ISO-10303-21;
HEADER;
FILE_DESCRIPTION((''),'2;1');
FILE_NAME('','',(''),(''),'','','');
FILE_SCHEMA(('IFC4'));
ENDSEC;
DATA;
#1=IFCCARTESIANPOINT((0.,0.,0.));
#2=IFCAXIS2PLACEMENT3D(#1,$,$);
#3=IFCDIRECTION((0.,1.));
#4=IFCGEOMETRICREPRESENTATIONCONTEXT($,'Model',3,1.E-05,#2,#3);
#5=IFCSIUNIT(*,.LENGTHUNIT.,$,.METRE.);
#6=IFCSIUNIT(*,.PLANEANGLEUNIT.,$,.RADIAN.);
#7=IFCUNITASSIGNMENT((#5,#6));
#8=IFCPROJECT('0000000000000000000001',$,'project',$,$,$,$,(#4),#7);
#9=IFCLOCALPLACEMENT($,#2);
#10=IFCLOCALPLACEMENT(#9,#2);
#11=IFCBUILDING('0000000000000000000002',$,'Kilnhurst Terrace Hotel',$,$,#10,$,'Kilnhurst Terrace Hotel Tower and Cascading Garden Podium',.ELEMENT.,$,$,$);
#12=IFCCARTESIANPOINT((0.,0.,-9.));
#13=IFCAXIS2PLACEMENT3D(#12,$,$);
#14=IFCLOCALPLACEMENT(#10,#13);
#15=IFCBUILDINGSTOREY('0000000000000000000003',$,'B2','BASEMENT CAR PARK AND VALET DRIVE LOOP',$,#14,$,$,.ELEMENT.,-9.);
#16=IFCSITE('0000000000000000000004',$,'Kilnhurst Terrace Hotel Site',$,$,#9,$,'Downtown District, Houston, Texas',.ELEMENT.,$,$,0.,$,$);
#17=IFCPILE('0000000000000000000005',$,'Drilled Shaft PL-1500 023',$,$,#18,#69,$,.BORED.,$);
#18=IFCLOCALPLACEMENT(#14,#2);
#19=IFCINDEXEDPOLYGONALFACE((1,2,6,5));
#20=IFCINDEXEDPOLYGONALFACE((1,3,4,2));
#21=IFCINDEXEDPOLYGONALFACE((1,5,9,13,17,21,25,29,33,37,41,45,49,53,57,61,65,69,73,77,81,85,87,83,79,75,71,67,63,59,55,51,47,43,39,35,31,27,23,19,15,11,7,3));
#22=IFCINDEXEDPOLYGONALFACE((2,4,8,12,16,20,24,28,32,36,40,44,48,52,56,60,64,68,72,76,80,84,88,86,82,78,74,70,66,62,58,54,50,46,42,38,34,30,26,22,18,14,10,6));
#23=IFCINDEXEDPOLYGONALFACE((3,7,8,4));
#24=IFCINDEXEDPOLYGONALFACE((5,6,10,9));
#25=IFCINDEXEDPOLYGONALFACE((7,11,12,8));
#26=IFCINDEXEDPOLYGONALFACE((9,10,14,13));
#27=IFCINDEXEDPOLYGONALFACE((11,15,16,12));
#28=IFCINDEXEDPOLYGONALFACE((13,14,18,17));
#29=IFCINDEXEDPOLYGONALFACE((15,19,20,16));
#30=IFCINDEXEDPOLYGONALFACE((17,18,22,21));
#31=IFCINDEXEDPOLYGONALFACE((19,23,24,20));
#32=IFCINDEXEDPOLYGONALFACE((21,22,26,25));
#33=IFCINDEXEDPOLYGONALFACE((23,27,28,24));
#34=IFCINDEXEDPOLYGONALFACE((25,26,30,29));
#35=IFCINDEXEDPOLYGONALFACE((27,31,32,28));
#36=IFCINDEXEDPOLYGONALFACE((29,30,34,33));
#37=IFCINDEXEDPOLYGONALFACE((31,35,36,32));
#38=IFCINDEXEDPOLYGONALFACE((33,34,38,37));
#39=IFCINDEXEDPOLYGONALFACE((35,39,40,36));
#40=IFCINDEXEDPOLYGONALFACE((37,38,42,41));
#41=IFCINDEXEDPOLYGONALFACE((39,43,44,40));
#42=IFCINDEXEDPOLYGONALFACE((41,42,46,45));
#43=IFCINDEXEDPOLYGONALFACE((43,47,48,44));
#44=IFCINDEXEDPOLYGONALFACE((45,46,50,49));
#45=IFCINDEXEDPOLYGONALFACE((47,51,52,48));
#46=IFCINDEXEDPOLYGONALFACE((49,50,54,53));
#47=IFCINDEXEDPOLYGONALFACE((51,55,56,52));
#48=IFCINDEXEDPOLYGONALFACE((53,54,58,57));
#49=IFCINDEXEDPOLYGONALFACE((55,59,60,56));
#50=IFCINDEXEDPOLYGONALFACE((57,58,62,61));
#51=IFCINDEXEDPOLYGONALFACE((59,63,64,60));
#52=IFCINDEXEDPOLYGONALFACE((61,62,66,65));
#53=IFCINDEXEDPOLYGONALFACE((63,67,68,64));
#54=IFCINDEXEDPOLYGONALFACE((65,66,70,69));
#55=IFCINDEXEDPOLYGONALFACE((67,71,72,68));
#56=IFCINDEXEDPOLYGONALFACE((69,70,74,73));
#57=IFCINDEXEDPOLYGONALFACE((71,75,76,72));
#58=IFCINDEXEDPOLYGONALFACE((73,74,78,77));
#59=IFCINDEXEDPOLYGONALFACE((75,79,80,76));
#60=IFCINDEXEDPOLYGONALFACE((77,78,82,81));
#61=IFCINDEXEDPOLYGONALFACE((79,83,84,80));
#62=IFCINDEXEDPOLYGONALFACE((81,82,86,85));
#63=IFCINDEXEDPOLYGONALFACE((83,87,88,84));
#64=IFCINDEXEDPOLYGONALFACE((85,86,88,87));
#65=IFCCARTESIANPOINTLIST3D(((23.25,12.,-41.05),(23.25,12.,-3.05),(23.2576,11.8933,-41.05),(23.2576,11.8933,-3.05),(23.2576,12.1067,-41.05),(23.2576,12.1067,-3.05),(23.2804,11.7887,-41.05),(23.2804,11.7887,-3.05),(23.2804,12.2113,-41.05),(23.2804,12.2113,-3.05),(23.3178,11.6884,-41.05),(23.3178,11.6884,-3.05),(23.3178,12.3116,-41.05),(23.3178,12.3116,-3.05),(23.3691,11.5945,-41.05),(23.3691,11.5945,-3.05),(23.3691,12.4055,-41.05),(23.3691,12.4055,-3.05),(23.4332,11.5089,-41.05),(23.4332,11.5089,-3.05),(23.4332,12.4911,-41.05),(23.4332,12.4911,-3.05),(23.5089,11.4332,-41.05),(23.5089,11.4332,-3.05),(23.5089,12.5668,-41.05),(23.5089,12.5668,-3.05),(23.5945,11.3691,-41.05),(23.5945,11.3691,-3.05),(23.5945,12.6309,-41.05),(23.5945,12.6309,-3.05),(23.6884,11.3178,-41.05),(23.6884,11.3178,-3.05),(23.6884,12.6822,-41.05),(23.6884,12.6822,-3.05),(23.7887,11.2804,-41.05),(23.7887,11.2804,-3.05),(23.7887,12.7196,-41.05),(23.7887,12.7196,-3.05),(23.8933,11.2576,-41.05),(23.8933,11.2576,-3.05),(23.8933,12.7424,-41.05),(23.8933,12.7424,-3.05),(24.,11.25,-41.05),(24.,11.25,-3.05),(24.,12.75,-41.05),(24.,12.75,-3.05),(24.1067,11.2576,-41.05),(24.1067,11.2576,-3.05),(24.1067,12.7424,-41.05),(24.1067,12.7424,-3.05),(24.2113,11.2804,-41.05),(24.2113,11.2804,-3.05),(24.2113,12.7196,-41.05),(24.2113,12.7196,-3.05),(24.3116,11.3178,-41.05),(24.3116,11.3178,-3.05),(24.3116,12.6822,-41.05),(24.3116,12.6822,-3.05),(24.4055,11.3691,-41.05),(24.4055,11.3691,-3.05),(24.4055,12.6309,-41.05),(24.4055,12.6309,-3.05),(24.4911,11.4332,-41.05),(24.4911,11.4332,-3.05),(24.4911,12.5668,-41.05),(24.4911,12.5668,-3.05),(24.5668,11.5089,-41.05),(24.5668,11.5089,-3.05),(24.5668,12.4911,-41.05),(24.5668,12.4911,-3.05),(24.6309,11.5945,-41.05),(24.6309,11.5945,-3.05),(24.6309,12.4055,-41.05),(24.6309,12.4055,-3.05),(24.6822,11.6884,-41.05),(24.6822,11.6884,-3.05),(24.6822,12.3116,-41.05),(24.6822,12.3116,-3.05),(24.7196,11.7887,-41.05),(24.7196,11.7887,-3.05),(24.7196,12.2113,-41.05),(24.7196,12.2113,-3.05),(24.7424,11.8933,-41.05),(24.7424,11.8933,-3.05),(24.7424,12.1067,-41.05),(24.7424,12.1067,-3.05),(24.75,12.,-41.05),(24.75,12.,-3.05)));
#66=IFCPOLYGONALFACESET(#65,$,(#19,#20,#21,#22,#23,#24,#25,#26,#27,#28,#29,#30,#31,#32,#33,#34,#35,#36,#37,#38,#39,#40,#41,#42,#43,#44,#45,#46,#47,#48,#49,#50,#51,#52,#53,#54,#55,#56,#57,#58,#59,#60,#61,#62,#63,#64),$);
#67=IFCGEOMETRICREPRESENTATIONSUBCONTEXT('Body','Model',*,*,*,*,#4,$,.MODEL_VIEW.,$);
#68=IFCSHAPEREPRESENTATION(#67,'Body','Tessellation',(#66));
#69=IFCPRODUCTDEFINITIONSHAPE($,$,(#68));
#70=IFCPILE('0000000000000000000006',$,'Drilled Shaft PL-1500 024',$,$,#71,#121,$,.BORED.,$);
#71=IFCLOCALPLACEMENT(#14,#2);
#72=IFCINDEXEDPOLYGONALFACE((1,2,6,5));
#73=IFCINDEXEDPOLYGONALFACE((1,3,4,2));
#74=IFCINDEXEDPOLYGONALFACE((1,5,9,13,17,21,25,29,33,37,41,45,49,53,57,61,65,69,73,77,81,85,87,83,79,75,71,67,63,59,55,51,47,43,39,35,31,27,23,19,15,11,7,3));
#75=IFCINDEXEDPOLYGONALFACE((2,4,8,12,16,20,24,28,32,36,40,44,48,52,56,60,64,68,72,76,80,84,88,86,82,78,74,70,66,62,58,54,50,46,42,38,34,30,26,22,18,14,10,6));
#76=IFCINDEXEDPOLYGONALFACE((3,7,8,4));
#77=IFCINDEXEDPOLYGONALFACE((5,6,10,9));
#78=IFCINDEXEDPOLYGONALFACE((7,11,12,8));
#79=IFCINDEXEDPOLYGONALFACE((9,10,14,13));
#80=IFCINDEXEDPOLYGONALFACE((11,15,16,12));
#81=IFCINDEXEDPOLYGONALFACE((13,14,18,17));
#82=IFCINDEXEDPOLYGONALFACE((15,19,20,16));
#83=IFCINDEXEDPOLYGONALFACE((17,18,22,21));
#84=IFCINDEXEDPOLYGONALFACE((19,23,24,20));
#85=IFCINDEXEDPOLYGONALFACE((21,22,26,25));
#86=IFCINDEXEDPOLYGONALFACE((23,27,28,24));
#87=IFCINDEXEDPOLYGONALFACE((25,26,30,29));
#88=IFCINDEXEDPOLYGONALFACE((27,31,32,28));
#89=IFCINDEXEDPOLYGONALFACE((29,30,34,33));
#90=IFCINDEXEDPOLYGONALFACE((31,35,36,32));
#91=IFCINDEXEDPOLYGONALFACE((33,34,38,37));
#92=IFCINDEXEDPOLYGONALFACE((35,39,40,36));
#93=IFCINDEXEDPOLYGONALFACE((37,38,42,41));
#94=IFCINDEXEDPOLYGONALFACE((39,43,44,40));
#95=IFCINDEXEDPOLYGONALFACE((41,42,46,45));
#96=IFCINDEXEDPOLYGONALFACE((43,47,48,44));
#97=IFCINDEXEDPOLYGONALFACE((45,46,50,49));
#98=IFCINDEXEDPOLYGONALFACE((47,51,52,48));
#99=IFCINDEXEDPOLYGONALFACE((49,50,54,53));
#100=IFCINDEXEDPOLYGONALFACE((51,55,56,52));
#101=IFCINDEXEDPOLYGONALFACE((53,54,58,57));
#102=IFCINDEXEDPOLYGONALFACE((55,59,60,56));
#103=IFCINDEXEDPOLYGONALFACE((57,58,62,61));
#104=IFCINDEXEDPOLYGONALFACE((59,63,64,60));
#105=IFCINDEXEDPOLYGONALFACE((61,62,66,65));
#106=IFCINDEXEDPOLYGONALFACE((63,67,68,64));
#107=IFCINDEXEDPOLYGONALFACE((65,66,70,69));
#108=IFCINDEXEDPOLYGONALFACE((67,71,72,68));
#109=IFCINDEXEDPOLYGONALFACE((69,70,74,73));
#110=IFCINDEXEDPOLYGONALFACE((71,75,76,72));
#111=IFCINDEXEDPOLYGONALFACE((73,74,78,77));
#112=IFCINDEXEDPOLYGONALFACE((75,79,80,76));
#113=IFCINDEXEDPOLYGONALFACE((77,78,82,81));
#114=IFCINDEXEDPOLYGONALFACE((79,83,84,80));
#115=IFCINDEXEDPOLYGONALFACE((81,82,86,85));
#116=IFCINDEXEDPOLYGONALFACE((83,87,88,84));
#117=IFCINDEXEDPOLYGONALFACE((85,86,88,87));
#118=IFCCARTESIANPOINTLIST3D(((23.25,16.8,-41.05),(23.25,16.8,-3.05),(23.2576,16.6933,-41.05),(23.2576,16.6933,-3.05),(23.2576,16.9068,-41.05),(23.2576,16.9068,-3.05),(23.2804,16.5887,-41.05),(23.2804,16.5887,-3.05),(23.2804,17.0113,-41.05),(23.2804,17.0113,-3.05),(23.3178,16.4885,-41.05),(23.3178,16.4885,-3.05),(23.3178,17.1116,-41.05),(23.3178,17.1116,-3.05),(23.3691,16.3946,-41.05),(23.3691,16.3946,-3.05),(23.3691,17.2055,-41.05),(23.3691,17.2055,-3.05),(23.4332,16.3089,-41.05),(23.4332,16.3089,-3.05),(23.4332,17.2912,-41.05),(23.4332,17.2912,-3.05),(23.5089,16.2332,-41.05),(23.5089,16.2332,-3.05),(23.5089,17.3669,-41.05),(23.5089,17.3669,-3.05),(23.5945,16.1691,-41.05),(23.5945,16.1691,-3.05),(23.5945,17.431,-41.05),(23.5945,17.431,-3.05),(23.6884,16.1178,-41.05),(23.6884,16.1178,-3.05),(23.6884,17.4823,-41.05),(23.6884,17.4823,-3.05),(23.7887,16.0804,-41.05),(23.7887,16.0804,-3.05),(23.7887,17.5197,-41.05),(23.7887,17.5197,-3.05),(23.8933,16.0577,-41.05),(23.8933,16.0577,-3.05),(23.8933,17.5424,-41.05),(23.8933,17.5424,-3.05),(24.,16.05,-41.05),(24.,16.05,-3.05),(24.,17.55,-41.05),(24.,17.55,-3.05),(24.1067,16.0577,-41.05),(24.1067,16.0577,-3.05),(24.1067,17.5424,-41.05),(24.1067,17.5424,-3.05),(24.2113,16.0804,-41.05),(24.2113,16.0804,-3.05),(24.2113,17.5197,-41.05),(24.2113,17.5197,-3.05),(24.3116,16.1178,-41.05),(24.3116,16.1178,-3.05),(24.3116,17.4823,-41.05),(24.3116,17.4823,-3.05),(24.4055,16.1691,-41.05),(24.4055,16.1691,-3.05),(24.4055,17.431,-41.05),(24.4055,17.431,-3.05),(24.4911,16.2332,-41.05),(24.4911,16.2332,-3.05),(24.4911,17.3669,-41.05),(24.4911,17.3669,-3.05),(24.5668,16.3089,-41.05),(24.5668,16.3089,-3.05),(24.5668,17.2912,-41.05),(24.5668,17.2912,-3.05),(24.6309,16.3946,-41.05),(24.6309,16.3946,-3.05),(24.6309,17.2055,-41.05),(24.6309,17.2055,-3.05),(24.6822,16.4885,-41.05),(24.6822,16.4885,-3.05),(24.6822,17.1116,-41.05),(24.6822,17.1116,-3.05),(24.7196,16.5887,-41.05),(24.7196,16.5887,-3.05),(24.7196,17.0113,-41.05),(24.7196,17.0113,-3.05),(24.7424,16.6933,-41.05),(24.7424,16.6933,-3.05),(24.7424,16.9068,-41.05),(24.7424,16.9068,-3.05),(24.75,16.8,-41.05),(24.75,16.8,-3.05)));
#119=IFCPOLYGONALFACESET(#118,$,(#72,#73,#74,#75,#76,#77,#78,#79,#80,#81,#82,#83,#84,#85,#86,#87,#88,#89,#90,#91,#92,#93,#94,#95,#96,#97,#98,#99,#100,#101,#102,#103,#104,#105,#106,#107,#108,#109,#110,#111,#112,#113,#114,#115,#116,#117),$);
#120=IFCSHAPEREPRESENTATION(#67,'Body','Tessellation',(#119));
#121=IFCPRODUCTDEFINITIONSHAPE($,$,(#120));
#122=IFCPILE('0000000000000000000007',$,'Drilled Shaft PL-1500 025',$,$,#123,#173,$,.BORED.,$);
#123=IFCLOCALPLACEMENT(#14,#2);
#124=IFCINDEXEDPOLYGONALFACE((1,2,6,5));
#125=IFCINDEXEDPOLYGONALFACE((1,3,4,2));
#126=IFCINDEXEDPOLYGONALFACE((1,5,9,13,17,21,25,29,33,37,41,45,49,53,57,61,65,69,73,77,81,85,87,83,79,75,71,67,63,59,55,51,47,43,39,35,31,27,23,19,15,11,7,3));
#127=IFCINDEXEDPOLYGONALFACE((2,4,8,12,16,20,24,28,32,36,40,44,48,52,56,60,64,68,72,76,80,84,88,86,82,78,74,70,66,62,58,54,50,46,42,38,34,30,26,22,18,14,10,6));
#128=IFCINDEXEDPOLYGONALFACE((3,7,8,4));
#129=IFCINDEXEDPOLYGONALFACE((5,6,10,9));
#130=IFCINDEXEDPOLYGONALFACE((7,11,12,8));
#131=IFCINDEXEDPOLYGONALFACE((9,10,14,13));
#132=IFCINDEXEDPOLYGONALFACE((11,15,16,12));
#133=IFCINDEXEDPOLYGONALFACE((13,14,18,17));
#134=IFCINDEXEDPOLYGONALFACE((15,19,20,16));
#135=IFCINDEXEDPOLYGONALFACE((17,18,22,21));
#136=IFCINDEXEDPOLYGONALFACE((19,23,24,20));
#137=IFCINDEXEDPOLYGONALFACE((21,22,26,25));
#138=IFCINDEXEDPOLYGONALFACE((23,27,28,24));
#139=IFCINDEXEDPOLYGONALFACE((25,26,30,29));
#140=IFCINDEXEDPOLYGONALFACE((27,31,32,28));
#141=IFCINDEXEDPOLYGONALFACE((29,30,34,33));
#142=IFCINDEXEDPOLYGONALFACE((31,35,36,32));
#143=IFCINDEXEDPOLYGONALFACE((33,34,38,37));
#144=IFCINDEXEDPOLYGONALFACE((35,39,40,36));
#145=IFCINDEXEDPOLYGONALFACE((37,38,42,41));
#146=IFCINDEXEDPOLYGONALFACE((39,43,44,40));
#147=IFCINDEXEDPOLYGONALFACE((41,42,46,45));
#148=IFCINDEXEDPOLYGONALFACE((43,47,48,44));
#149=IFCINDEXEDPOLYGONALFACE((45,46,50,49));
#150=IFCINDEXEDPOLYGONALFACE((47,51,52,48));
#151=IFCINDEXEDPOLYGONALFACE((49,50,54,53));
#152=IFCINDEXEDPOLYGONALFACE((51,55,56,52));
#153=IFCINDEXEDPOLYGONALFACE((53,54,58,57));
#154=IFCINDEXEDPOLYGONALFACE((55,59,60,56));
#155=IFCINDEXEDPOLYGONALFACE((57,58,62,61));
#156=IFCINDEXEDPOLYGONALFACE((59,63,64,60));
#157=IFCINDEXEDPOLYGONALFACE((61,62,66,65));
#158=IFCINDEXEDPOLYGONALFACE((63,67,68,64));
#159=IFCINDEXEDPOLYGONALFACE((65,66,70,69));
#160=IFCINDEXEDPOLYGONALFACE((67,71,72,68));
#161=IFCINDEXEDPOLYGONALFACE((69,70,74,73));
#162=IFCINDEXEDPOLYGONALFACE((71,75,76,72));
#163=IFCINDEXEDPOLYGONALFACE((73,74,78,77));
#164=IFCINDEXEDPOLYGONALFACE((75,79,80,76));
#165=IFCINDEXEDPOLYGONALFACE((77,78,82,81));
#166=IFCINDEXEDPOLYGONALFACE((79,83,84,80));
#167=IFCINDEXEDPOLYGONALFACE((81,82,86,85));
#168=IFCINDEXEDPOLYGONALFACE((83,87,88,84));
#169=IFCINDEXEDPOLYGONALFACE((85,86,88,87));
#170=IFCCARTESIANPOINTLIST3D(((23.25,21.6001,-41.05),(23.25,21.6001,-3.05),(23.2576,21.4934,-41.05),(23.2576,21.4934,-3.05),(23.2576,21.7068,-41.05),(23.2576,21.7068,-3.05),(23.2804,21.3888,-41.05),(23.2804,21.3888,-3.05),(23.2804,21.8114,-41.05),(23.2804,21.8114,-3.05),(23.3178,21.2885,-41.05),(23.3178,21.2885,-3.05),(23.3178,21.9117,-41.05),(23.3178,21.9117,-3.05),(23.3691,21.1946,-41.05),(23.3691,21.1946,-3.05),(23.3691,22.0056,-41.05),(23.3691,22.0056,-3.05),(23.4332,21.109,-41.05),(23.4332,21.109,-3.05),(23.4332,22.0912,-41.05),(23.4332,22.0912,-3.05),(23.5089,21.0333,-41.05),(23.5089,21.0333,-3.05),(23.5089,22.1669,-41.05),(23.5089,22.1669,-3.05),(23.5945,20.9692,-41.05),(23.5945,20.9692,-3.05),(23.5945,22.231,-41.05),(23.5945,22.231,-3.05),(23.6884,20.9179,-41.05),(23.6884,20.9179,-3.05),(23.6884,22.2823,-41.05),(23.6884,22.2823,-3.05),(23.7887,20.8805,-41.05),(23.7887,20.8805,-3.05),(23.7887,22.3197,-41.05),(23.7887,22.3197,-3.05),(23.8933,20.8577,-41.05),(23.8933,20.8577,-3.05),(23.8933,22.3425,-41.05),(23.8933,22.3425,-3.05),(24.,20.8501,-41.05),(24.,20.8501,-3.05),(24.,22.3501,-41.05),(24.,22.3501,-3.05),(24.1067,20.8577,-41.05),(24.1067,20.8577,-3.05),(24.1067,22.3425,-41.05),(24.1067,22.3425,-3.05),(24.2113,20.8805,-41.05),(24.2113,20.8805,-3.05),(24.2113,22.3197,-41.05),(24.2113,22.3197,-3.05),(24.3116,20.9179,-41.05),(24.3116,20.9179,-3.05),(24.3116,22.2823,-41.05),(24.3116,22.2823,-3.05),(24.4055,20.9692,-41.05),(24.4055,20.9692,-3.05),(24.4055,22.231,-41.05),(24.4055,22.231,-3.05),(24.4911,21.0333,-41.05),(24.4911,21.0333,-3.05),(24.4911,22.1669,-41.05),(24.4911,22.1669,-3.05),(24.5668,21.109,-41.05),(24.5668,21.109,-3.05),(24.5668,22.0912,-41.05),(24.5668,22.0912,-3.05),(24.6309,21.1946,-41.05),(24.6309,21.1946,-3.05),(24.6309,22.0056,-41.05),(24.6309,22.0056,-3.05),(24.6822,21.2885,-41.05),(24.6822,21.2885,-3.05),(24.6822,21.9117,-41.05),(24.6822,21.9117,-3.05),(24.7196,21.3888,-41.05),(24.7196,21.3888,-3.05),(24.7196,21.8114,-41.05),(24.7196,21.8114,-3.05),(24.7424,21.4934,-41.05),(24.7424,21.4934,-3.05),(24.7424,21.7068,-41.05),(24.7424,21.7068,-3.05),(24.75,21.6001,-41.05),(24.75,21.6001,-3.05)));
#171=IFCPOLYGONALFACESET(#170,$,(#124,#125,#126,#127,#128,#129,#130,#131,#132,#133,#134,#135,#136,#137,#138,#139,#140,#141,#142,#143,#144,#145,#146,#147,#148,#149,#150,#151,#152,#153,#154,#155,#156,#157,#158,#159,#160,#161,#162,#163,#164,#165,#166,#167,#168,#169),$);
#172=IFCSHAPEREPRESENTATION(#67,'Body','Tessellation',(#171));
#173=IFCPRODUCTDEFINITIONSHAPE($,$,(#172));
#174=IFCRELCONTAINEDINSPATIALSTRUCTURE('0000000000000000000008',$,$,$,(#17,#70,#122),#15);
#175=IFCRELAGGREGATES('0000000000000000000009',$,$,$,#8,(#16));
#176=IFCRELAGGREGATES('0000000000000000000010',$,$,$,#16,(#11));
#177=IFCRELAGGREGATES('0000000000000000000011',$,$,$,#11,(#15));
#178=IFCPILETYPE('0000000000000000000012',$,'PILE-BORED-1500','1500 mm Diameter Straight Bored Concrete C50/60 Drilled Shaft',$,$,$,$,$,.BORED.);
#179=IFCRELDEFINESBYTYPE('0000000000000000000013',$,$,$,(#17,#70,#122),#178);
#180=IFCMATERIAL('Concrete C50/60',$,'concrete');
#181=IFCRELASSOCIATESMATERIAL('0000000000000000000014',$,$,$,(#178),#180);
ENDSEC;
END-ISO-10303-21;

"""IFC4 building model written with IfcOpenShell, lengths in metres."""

from ifc_helpers import new_model, si_unit, direction, frame, origin, origin_2d, place, context, subcontext, project, spatial, circle, extrude, material, material_profile, profile_set, type_object, element, save


model = new_model("IFC4")

# Units and contexts
model_context = context("Model", 3, precision=1e-05, world=origin(), true_north=direction((0.0, 1.0)))
body_context = subcontext(model_context, "Body", "Model", "MODEL_VIEW")
ifc_project = project(units=[si_unit("LENGTHUNIT", "METRE"), si_unit("PLANEANGLEUNIT", "RADIAN")], contexts=[model_context])

# Site, building, storey
site_placement = place(None, origin())
site = spatial("IfcSite", under=ifc_project, at=site_placement, Name="Kilnhurst Terrace Hotel Site", LongName="Downtown District, Houston, Texas", CompositionType="ELEMENT", RefElevation=0.0)
building_placement = place(site_placement, origin())
building = spatial("IfcBuilding", under=site, at=building_placement, Name="Kilnhurst Terrace Hotel", LongName="Kilnhurst Terrace Hotel Tower and Cascading Garden Podium", CompositionType="ELEMENT")
storey_placement = place(building_placement, frame((0.0, 0.0, -9.0)))
storey = spatial("IfcBuildingStorey", under=building, at=storey_placement, Name="B2", Description="BASEMENT CAR PARK AND VALET DRIVE LOOP", CompositionType="ELEMENT", Elevation=-9.0)

# Piles
ifc_material_1 = material(Name="Concrete C50/60", Category="concrete")
ifc_material_profile_1 = material_profile(ifc_material_1, circle(Radius=0.75, at=origin_2d()), Name="PILE1500")
ifc_profile_set_1 = profile_set([ifc_material_profile_1], Name="Concrete C50/60")
pile_type_1 = type_object("IfcPileType", Name="PILE-BORED-1500", Description="1500 mm Diameter Straight Bored Concrete C50/60 Drilled Shaft", PredefinedType="BORED", material=ifc_profile_set_1)
for number, where, z_axis, x_axis, name in (
    (1, (24.0, 12.0, -3.05), (0.0, 0.0, -1.0), (1.0, 0.0, 0.0), "Drilled Shaft PL-1500 023"),
    (2, (24.0, 16.8, -3.05), (0.0, 0.0, -1.0), (1.0, 0.0, 0.0), "Drilled Shaft PL-1500 024"),
    (3, (24.0, 21.6001, -3.05), (0.0, 0.0, -1.0), (1.0, 0.0, 0.0), "Drilled Shaft PL-1500 025"),
):
    element("IfcPile", number, at=place(storey_placement, frame(where, z_axis=z_axis, x_axis=x_axis)), inside=storey, type_object=pile_type_1, Name=name, PredefinedType="BORED", context=body_context, shape_type="SweptSolid", body=[
        extrude(circle(Radius=0.75, at=origin_2d()), origin(), (0.0, 0.0, 1.0), 38.0),
    ])

save(model, "model.ifc")
